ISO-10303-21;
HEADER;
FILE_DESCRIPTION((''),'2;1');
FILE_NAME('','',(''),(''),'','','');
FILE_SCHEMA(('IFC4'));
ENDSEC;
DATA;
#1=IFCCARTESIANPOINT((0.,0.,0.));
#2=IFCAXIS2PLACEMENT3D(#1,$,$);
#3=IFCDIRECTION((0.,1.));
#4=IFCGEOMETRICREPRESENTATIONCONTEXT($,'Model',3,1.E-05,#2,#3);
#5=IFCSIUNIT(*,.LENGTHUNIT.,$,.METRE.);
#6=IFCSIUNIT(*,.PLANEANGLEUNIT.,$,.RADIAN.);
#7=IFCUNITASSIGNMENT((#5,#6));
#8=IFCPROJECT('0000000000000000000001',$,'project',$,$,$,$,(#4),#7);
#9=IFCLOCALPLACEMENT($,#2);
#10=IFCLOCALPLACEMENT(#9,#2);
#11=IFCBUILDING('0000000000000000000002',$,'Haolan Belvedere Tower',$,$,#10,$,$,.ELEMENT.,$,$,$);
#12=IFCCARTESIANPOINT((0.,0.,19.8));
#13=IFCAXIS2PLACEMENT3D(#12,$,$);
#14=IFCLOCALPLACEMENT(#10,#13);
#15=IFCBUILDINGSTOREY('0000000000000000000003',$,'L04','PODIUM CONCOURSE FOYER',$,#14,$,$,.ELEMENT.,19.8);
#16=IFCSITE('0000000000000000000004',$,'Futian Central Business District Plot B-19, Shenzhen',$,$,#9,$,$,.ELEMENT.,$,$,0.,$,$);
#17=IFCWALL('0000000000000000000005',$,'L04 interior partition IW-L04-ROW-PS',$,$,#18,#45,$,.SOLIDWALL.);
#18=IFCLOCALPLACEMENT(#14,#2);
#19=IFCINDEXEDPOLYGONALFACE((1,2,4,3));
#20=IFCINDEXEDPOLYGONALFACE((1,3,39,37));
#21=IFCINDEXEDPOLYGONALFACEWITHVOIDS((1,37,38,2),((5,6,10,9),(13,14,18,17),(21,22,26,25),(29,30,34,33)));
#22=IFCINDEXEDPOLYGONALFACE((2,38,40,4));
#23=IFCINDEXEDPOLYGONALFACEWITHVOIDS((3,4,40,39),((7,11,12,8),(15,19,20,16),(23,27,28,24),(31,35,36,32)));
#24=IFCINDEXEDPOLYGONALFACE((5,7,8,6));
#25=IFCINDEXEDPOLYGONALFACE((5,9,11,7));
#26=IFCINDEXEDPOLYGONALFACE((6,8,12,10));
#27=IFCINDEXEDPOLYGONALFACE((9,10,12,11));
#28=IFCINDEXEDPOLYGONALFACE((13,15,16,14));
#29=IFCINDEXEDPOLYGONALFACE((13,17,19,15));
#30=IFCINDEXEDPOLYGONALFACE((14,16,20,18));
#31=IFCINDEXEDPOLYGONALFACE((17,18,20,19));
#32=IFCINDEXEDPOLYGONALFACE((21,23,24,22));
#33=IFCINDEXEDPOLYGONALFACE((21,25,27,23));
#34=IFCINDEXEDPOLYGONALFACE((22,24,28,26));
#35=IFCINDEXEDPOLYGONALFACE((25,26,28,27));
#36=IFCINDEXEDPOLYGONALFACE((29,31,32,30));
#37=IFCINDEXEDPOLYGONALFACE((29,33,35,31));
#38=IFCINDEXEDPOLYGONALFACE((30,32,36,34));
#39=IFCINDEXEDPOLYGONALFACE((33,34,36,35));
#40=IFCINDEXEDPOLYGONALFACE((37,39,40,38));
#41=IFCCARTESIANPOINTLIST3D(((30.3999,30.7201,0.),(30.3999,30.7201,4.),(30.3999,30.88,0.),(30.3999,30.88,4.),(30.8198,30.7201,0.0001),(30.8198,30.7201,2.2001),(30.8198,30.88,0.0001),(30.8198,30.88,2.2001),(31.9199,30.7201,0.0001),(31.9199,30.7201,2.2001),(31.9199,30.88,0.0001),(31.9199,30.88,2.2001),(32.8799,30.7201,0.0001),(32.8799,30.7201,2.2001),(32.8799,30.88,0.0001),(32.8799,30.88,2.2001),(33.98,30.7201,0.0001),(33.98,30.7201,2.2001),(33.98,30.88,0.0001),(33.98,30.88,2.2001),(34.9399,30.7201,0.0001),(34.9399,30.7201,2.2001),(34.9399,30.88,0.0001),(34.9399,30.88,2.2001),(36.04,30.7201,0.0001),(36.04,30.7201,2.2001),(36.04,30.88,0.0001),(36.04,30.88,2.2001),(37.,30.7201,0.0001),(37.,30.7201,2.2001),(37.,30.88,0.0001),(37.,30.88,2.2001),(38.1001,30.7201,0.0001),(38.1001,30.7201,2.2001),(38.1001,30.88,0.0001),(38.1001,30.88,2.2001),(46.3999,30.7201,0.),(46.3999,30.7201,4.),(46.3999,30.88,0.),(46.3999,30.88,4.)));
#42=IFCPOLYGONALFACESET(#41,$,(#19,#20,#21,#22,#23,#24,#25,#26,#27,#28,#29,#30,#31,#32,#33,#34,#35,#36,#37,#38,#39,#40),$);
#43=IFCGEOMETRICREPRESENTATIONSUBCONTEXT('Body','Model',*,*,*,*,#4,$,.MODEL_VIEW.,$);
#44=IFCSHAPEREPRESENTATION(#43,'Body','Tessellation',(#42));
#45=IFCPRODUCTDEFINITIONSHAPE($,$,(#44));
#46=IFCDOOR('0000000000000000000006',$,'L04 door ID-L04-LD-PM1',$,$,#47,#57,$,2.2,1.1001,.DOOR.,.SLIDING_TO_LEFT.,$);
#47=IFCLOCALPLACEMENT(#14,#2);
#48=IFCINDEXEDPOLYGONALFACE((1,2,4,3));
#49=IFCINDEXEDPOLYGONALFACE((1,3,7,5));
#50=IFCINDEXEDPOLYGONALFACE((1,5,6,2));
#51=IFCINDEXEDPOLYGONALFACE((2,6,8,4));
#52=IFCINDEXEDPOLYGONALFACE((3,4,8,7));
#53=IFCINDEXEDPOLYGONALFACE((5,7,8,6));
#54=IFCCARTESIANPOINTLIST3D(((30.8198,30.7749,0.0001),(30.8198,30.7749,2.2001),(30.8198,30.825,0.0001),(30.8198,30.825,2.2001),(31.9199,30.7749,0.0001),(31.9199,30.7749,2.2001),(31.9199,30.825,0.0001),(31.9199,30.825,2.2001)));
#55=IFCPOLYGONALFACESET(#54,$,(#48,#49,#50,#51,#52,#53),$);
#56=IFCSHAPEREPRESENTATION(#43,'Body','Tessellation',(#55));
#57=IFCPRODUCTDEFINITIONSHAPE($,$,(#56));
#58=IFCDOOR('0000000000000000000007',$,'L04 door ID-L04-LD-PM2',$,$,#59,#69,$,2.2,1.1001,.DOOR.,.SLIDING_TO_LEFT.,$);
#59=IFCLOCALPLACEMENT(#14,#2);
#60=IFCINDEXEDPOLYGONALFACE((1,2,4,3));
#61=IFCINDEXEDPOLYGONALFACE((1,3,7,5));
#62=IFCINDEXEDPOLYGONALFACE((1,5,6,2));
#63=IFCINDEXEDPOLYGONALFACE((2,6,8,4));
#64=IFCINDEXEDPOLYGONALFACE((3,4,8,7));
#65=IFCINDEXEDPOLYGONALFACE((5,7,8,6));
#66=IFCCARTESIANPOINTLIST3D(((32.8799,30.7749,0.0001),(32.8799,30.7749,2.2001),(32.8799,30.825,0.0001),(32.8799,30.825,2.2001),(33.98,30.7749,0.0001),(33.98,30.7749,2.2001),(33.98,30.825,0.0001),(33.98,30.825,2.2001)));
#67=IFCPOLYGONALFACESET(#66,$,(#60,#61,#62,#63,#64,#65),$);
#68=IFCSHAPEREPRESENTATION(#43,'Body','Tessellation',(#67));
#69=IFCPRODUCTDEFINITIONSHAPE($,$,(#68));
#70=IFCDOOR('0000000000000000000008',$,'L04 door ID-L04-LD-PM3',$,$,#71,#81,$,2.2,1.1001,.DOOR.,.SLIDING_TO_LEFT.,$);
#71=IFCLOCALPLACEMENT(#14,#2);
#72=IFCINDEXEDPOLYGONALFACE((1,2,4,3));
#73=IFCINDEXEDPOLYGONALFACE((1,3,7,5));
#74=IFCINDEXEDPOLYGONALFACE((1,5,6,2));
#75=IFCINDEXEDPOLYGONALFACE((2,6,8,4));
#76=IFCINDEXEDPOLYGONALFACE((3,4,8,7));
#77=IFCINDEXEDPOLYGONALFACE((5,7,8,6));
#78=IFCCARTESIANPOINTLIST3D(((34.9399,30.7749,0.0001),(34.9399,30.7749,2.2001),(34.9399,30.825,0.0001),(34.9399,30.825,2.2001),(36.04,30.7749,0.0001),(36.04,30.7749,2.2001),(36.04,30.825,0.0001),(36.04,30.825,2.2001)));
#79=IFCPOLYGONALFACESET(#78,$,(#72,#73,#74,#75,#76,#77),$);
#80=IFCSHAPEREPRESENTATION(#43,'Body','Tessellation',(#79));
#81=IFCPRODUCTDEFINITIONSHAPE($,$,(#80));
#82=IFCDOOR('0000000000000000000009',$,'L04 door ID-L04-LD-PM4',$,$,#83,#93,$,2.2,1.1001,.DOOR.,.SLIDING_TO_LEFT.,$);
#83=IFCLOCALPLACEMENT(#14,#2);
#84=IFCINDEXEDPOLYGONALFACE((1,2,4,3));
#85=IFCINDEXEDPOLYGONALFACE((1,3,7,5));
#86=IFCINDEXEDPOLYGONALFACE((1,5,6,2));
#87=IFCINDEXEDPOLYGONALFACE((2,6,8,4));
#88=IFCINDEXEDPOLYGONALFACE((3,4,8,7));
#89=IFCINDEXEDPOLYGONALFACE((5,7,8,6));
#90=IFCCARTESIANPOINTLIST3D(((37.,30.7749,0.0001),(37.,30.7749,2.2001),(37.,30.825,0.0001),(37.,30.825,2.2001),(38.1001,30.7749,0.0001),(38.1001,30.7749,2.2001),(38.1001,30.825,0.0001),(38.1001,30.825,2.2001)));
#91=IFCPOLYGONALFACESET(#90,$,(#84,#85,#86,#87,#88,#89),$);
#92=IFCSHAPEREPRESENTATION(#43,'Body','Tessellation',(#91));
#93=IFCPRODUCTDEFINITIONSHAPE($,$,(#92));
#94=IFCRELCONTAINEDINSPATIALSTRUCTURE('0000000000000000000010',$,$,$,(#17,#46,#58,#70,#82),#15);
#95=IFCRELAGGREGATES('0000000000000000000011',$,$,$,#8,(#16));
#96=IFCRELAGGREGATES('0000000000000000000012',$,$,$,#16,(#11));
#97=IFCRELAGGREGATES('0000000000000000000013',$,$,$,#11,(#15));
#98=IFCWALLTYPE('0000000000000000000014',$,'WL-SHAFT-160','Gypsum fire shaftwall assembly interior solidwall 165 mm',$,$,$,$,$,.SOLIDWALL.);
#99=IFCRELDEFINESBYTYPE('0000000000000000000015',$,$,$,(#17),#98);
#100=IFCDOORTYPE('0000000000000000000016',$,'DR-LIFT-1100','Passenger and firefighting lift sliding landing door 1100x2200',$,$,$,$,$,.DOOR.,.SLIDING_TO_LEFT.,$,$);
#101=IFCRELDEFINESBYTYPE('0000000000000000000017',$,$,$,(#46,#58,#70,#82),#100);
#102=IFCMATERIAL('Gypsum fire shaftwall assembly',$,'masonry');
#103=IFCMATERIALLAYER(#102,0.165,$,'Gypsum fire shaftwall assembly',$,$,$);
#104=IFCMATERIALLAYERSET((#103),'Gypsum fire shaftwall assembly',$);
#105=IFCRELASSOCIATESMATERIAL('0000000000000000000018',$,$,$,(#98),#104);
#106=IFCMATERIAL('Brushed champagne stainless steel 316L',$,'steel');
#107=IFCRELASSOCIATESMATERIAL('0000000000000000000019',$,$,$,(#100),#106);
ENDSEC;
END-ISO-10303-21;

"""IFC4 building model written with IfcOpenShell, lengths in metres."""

from ifc_helpers import new_model, si_unit, direction, frame, frame_2d, origin, place, context, subcontext, project, spatial, rectangle, extrude, material, layer, layer_set, type_object, element, fill, save


model = new_model("IFC4")

# Units and contexts
model_context = context("Model", 3, precision=1e-05, world=origin(), true_north=direction((0.0, 1.0)))
body_context = subcontext(model_context, "Body", "Model", "MODEL_VIEW")
ifc_project = project(units=[si_unit("LENGTHUNIT", "METRE"), si_unit("PLANEANGLEUNIT", "RADIAN")], contexts=[model_context])

# Site, building, storey
site_placement = place(None, origin())
site = spatial("IfcSite", under=ifc_project, at=site_placement, Name="Futian Central Business District Plot B-19, Shenzhen", CompositionType="ELEMENT", RefElevation=0.0)
building_placement = place(site_placement, origin())
building = spatial("IfcBuilding", under=site, at=building_placement, Name="Haolan Belvedere Tower", CompositionType="ELEMENT")
storey_placement = place(building_placement, frame((0.0, 0.0, 19.8)))
storey = spatial("IfcBuildingStorey", under=building, at=storey_placement, Name="L04", Description="PODIUM CONCOURSE FOYER", CompositionType="ELEMENT", Elevation=19.8)

# Wall, openings, doors
ifc_material_1 = material(Name="Gypsum fire shaftwall assembly", Category="masonry")
ifc_layer_1 = layer(ifc_material_1, 0.165, Name="Gypsum fire shaftwall assembly")
ifc_layer_set_1 = layer_set([ifc_layer_1], Name="Gypsum fire shaftwall assembly")
wall_type_1 = type_object("IfcWallType", Name="WL-SHAFT-160", Description="Gypsum fire shaftwall assembly interior solidwall 165 mm", PredefinedType="SOLIDWALL", material=ifc_layer_set_1)
ifc_material_2 = material(Name="Brushed champagne stainless steel 316L", Category="steel")
door_type = type_object("IfcDoorType", Name="DR-LIFT-1100", Description="Passenger and firefighting lift sliding landing door 1100x2200", OperationType="SLIDING_TO_LEFT", PredefinedType="DOOR", material=ifc_material_2)
wall_1_placement = place(storey_placement, frame((30.3999, 30.8, 0.0), z_axis=(0.0, 0.0, 1.0), x_axis=(1.0, 0.0, 0.0)))
wall_1 = element("IfcWall", 1, at=wall_1_placement, inside=storey, type_object=wall_type_1, Name="L04 interior partition IW-L04-ROW-PS", PredefinedType="SOLIDWALL", context=body_context, shape_type="SweptSolid", body=[
    extrude(rectangle(XDim=16.0, YDim=0.1599, at=frame_2d((8.0, 0.0))), origin(), (0.0, 0.0, 1.0), 4.0),
])
opening_1_placement = place(wall_1_placement, frame((0.4199, 0.0, 0.0)))
opening_1 = element("IfcOpeningElement", 2, at=opening_1_placement, cuts=wall_1, PredefinedType="OPENING", context=body_context, shape_type="SweptSolid", body=[
    extrude(rectangle(XDim=1.1001, YDim=2.2, at=frame_2d((0.55, 1.1001))), frame((0.0, 0.0898, 0.0), z_axis=(0.0, -1.0, 0.0), x_axis=(1.0, 0.0, 0.0)), (0.0, 0.0, 1.0), 0.1799),
])
opening_2_placement = place(wall_1_placement, frame((2.48, 0.0, 0.0)))
opening_2 = element("IfcOpeningElement", 3, at=opening_2_placement, cuts=wall_1, PredefinedType="OPENING", context=body_context, shape_type="SweptSolid", body=[
    extrude(rectangle(XDim=1.1001, YDim=2.2, at=frame_2d((0.55, 1.1001))), frame((0.0, 0.0898, 0.0), z_axis=(0.0, -1.0, 0.0), x_axis=(1.0, 0.0, 0.0)), (0.0, 0.0, 1.0), 0.1799),
])
opening_3_placement = place(wall_1_placement, frame((4.54, 0.0, 0.0)))
opening_3 = element("IfcOpeningElement", 4, at=opening_3_placement, cuts=wall_1, PredefinedType="OPENING", context=body_context, shape_type="SweptSolid", body=[
    extrude(rectangle(XDim=1.1001, YDim=2.2, at=frame_2d((0.55, 1.1001))), frame((0.0, 0.0898, 0.0), z_axis=(0.0, -1.0, 0.0), x_axis=(1.0, 0.0, 0.0)), (0.0, 0.0, 1.0), 0.1799),
])
opening_4_placement = place(wall_1_placement, frame((6.6001, 0.0, 0.0)))
opening_4 = element("IfcOpeningElement", 5, at=opening_4_placement, cuts=wall_1, PredefinedType="OPENING", context=body_context, shape_type="SweptSolid", body=[
    extrude(rectangle(XDim=1.1001, YDim=2.2, at=frame_2d((0.55, 1.1001))), frame((0.0, 0.0898, 0.0), z_axis=(0.0, -1.0, 0.0), x_axis=(1.0, 0.0, 0.0)), (0.0, 0.0, 1.0), 0.1799),
])
door_1_placement = place(opening_1_placement, origin())
door_1 = element("IfcDoor", 6, at=door_1_placement, inside=storey, type_object=door_type, Name="L04 door ID-L04-LD-PM1", OperationType="SLIDING_TO_LEFT", OverallHeight=2.2, OverallWidth=1.1001, PredefinedType="DOOR", context=body_context, shape_type="SweptSolid", body=[
    extrude(rectangle(XDim=1.1001, YDim=2.2, at=frame_2d((0.55, 1.1001))), frame((0.0, 0.0249, 0.0), z_axis=(0.0, -1.0, 0.0), x_axis=(1.0, 0.0, 0.0)), (0.0, 0.0, 1.0), 0.05),
])
fill(opening_1, door_1)
door_2_placement = place(opening_2_placement, origin())
door_2 = element("IfcDoor", 7, at=door_2_placement, inside=storey, type_object=door_type, Name="L04 door ID-L04-LD-PM2", OperationType="SLIDING_TO_LEFT", OverallHeight=2.2, OverallWidth=1.1001, PredefinedType="DOOR", context=body_context, shape_type="SweptSolid", body=[
    extrude(rectangle(XDim=1.1001, YDim=2.2, at=frame_2d((0.55, 1.1001))), frame((0.0, 0.0249, 0.0), z_axis=(0.0, -1.0, 0.0), x_axis=(1.0, 0.0, 0.0)), (0.0, 0.0, 1.0), 0.05),
])
fill(opening_2, door_2)
door_3_placement = place(opening_3_placement, origin())
door_3 = element("IfcDoor", 8, at=door_3_placement, inside=storey, type_object=door_type, Name="L04 door ID-L04-LD-PM3", OperationType="SLIDING_TO_LEFT", OverallHeight=2.2, OverallWidth=1.1001, PredefinedType="DOOR", context=body_context, shape_type="SweptSolid", body=[
    extrude(rectangle(XDim=1.1001, YDim=2.2, at=frame_2d((0.55, 1.1001))), frame((0.0, 0.0249, 0.0), z_axis=(0.0, -1.0, 0.0), x_axis=(1.0, 0.0, 0.0)), (0.0, 0.0, 1.0), 0.05),
])
fill(opening_3, door_3)
door_4_placement = place(opening_4_placement, origin())
door_4 = element("IfcDoor", 9, at=door_4_placement, inside=storey, type_object=door_type, Name="L04 door ID-L04-LD-PM4", OperationType="SLIDING_TO_LEFT", OverallHeight=2.2, OverallWidth=1.1001, PredefinedType="DOOR", context=body_context, shape_type="SweptSolid", body=[
    extrude(rectangle(XDim=1.1001, YDim=2.2, at=frame_2d((0.55, 1.1001))), frame((0.0, 0.0249, 0.0), z_axis=(0.0, -1.0, 0.0), x_axis=(1.0, 0.0, 0.0)), (0.0, 0.0, 1.0), 0.05),
])
fill(opening_4, door_4)

save(model, "model.ifc")
